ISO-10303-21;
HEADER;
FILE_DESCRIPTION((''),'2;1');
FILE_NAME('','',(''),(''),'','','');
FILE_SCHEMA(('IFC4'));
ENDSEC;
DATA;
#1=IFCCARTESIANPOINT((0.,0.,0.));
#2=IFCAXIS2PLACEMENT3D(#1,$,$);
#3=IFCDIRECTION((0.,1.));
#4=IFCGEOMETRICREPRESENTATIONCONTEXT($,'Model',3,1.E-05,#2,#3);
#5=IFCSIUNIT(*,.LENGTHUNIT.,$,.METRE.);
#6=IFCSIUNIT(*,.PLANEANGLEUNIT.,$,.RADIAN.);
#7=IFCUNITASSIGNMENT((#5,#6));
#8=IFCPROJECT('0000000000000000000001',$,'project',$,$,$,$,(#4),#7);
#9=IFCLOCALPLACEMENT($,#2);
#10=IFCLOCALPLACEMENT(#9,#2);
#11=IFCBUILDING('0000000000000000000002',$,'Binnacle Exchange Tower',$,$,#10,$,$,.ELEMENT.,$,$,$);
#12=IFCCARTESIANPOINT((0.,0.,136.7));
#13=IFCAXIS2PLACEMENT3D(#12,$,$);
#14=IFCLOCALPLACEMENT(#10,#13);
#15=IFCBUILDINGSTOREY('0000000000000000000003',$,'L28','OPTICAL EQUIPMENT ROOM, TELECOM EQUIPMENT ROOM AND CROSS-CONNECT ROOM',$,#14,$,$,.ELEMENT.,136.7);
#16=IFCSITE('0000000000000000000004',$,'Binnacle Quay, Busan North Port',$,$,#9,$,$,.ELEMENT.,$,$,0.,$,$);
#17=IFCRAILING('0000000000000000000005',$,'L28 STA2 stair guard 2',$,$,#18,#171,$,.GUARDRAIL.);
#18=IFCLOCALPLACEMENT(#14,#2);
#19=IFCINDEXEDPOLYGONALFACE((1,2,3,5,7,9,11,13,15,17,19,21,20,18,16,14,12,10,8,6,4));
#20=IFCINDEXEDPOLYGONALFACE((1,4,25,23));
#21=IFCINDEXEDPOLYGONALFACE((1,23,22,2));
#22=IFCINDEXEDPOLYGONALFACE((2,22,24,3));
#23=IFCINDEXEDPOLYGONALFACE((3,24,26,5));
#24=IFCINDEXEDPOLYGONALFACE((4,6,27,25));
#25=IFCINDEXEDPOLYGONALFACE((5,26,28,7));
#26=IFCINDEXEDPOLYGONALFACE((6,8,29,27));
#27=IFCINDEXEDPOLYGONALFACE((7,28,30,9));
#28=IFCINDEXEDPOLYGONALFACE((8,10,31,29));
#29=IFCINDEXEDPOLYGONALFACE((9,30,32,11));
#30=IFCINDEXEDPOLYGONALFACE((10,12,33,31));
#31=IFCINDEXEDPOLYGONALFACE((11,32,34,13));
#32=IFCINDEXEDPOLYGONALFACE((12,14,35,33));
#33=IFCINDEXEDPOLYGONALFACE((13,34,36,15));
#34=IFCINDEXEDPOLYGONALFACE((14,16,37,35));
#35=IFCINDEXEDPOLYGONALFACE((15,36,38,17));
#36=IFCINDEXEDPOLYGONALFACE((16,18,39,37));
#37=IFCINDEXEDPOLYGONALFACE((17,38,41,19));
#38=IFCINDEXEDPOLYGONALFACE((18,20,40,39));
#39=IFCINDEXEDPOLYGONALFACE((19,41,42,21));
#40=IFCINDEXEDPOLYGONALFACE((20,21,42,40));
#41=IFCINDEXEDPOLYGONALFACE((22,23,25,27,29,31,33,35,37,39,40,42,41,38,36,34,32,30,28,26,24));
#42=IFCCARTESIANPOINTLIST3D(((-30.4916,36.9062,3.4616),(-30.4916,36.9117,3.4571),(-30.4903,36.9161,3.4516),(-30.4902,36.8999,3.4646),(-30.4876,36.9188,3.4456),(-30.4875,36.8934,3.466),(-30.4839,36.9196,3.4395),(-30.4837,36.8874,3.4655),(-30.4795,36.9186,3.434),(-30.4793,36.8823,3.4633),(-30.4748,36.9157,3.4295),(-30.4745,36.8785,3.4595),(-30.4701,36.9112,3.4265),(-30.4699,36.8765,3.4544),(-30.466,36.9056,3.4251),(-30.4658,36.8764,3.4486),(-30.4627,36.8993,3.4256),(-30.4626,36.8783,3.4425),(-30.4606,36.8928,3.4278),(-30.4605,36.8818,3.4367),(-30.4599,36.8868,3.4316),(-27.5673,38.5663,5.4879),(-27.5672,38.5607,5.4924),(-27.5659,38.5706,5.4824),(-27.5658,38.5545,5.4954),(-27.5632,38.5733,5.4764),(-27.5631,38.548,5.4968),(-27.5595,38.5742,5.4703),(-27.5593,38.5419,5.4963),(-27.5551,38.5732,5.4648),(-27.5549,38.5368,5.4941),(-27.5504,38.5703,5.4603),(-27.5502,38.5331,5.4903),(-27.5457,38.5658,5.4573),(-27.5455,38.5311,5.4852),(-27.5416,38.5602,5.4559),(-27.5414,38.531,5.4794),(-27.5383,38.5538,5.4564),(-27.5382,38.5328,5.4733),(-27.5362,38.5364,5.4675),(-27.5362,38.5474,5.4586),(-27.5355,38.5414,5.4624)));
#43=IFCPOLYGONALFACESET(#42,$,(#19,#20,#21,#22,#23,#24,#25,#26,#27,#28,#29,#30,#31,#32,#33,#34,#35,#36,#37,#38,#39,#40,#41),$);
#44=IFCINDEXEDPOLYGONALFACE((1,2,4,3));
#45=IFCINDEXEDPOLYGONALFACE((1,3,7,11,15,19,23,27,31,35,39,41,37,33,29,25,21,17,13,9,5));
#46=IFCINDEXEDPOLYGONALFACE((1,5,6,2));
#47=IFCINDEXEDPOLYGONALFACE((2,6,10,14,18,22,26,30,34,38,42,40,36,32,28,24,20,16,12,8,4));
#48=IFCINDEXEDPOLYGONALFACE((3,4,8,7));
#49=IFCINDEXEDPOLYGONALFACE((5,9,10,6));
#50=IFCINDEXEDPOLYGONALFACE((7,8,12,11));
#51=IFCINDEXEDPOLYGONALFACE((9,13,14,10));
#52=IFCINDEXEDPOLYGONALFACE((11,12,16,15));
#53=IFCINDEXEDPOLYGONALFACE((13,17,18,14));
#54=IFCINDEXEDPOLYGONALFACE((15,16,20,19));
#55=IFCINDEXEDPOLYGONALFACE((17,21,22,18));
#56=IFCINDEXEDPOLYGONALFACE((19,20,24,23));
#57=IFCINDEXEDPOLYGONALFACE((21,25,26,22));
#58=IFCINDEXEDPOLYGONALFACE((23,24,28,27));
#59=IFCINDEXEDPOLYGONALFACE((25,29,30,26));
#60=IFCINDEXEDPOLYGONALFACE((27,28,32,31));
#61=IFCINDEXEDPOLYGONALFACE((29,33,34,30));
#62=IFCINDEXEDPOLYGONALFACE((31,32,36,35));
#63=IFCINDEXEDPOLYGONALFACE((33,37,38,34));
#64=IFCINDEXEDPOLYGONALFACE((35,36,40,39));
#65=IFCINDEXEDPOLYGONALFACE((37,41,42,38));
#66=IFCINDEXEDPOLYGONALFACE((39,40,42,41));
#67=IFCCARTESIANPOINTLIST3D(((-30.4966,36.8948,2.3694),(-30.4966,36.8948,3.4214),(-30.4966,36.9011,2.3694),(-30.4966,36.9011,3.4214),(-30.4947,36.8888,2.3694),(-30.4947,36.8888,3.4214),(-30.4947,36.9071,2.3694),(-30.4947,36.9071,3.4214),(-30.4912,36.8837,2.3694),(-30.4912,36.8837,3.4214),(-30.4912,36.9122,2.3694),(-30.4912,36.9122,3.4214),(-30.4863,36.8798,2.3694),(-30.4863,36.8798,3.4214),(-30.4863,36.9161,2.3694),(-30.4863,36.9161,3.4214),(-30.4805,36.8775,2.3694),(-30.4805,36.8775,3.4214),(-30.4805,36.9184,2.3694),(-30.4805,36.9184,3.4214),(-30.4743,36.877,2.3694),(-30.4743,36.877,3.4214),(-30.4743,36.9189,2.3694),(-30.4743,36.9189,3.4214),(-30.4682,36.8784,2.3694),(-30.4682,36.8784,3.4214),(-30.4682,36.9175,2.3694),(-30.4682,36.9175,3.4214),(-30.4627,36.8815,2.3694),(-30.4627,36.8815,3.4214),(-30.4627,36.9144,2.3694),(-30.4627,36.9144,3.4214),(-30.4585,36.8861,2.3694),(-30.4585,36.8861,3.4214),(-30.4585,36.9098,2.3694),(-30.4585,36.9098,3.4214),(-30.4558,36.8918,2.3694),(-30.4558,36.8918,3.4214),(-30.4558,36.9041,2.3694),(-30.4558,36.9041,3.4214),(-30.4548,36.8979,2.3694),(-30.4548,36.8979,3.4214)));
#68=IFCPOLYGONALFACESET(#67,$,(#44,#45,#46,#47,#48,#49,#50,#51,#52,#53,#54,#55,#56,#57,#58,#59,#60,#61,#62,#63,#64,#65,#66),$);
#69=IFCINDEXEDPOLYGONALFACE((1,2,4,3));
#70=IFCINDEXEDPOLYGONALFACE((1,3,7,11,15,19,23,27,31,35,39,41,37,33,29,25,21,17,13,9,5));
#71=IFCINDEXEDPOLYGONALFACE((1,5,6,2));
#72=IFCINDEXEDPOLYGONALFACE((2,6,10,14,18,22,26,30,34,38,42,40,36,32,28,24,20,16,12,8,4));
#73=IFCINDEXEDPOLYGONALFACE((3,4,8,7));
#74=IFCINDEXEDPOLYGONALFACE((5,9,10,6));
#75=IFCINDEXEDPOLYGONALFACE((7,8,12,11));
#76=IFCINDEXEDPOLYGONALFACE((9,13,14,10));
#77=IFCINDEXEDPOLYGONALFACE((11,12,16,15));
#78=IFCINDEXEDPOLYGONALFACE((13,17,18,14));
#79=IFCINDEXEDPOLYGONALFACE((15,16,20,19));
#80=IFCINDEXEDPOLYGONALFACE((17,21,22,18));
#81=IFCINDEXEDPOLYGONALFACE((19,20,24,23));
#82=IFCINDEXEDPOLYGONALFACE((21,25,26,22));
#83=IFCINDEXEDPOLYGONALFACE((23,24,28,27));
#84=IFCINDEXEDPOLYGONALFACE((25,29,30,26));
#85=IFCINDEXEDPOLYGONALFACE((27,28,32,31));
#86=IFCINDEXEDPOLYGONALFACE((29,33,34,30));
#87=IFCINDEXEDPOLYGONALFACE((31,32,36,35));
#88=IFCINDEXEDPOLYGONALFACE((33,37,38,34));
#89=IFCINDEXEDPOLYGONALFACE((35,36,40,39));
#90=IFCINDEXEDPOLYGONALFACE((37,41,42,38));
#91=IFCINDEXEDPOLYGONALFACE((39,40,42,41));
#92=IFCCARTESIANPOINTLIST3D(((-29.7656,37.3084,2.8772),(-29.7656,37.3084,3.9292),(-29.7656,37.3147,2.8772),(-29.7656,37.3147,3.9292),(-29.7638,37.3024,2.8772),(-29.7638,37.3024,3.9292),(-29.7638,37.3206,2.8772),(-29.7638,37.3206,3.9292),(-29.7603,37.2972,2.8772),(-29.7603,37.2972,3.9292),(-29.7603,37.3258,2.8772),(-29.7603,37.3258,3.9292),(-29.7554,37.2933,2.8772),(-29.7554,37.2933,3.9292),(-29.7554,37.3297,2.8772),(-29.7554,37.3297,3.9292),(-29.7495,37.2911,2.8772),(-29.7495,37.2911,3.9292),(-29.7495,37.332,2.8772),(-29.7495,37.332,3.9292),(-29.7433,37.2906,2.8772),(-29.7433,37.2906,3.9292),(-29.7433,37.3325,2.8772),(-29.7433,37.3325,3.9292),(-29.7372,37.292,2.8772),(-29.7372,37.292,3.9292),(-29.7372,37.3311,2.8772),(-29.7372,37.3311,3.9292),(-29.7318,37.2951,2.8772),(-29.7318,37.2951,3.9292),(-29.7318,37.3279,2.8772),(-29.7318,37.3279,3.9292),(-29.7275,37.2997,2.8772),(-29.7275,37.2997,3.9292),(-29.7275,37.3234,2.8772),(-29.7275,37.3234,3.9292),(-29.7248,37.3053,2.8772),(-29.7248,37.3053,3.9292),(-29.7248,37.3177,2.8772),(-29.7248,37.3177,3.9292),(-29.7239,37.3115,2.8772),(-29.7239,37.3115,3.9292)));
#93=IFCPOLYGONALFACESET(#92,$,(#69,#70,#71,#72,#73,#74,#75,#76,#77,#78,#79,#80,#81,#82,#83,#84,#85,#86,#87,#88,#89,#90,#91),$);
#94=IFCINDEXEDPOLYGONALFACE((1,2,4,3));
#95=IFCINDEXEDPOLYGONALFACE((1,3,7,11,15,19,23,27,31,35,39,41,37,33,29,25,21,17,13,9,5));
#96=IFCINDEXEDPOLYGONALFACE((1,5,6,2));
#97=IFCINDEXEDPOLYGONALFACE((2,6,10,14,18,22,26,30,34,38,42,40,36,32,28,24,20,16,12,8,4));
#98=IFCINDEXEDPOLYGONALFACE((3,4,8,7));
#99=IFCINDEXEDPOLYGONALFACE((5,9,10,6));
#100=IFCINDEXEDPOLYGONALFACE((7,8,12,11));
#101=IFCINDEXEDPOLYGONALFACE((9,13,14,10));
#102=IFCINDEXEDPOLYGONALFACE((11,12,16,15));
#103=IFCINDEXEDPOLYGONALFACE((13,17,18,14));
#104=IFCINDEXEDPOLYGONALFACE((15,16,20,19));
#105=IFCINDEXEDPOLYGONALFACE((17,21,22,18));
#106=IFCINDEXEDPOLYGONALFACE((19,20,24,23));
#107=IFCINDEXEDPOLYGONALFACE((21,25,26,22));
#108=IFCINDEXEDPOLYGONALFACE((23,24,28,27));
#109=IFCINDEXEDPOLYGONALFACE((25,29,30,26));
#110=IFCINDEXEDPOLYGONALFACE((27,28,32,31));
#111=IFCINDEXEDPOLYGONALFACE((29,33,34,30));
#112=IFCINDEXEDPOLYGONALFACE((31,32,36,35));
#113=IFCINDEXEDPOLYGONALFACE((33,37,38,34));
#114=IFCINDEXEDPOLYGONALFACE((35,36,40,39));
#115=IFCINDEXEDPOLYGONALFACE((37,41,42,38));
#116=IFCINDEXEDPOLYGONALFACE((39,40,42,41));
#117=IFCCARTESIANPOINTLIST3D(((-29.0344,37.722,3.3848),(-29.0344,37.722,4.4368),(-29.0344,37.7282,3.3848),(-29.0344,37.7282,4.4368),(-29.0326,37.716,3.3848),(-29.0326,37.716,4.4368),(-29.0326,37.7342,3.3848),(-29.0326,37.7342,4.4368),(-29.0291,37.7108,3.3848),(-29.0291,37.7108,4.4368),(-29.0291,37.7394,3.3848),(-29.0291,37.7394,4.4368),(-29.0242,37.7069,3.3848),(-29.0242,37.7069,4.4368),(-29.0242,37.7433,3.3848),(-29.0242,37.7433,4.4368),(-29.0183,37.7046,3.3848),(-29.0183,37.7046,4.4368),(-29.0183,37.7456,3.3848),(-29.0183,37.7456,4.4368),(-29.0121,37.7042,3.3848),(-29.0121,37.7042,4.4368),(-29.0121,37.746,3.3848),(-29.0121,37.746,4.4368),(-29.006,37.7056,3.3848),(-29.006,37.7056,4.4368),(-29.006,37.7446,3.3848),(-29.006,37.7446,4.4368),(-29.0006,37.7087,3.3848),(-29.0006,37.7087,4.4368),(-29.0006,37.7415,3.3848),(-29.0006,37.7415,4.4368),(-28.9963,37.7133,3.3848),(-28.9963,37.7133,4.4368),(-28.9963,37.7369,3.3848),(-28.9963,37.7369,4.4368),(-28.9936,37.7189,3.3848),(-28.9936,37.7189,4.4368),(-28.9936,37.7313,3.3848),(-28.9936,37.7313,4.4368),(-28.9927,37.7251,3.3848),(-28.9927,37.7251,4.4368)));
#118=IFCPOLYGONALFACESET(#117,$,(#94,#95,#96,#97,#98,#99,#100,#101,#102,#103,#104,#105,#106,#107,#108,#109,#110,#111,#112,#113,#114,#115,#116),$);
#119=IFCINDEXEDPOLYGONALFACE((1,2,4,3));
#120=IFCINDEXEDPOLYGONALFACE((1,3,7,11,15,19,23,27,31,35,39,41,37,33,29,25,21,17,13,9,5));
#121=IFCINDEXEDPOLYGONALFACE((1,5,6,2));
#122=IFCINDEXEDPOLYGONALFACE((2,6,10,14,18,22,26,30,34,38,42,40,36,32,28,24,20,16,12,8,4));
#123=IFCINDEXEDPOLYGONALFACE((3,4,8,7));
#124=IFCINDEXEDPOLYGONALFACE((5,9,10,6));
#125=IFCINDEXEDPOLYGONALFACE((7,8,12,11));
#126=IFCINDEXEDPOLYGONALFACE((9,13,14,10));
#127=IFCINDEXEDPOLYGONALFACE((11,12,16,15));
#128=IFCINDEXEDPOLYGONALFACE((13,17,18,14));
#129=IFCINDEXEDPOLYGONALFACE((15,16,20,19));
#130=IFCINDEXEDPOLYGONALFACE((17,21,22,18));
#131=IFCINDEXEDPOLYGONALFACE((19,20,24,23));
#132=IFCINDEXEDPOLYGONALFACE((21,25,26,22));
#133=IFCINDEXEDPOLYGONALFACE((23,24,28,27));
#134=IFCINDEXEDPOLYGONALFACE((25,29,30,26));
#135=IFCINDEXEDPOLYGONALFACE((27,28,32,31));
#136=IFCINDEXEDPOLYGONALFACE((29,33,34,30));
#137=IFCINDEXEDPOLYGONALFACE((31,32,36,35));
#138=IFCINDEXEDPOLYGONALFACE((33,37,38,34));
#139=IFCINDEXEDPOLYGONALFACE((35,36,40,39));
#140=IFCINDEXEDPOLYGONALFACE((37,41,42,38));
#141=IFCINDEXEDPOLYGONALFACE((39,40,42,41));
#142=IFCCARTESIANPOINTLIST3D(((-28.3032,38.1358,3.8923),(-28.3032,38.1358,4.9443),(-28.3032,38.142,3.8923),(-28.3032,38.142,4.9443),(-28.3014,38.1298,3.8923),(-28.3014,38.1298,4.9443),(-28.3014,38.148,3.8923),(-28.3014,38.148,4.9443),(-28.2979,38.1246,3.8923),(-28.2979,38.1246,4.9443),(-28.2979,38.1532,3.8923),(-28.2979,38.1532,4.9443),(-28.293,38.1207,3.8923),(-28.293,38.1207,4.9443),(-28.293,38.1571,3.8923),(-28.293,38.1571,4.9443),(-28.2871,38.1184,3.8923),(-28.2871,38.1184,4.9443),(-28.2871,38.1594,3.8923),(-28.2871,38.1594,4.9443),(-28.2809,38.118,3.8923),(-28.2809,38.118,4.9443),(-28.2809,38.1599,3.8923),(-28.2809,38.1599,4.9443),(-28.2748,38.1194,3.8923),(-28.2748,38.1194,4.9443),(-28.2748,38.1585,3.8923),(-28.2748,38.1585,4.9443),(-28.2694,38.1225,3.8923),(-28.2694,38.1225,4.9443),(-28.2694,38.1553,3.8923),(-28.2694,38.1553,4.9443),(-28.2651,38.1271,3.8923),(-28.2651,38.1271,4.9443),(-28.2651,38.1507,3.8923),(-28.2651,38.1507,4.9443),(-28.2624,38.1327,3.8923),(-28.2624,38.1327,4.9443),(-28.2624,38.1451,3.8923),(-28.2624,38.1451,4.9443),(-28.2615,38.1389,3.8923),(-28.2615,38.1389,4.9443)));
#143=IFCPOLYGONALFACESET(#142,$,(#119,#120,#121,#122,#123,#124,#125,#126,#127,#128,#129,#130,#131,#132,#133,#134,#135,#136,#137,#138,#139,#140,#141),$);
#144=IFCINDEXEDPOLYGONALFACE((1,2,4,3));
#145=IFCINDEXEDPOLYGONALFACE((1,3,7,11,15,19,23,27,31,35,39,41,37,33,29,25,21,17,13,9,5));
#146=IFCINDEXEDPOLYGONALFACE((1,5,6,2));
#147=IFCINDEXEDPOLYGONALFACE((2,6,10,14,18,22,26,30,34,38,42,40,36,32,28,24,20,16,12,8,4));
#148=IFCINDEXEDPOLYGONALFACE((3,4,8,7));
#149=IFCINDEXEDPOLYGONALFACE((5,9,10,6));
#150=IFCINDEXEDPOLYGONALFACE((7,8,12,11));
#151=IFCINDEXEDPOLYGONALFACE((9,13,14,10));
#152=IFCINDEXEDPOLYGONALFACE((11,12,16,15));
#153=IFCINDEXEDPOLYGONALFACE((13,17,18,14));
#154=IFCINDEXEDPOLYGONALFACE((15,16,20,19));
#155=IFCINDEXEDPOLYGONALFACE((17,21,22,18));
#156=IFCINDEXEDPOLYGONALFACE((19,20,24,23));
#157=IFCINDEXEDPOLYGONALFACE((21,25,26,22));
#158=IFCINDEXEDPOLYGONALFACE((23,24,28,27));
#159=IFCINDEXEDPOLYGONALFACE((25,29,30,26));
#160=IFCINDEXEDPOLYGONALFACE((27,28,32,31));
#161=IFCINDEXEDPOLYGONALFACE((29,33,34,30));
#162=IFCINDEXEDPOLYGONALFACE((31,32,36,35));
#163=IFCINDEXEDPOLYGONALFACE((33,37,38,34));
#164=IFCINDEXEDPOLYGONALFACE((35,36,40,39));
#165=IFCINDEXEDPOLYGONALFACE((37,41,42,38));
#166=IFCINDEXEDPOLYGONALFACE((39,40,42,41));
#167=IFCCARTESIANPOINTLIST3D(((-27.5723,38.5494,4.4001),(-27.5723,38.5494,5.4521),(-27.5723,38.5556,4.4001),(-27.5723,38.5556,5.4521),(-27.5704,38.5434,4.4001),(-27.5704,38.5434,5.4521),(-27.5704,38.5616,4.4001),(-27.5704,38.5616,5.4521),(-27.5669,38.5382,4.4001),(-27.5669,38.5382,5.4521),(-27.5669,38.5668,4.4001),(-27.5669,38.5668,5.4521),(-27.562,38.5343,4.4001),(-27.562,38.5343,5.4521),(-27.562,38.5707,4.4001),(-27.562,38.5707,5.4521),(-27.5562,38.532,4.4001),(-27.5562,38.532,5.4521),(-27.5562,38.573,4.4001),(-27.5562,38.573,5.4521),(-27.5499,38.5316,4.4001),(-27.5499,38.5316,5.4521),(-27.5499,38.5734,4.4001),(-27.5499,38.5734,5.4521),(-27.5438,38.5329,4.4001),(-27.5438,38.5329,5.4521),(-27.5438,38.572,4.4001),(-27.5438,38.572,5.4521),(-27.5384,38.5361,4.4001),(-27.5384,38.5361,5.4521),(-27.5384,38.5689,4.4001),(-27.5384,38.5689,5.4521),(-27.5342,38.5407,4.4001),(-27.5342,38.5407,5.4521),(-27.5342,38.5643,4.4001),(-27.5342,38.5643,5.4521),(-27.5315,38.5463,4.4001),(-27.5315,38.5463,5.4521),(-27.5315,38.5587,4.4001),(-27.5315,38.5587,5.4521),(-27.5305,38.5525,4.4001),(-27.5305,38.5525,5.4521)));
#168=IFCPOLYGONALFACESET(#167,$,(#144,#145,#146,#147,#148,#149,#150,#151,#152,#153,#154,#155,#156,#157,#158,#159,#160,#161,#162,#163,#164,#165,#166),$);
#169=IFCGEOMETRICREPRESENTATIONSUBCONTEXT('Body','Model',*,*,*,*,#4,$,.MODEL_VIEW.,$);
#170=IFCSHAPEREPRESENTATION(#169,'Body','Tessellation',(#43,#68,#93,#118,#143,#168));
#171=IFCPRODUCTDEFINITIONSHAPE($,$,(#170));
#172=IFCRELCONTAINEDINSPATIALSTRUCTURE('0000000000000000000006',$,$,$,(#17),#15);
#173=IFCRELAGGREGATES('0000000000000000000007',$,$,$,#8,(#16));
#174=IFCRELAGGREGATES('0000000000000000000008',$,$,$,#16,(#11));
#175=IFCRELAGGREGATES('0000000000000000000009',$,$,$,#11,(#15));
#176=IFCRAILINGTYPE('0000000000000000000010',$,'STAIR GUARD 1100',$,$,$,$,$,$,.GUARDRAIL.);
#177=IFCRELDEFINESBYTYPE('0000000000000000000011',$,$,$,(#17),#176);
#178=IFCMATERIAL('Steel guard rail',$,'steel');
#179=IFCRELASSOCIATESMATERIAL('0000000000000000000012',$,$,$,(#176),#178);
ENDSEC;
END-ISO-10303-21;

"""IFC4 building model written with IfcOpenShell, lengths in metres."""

from ifc_helpers import new_model, si_unit, direction, frame, origin, origin_2d, place, context, subcontext, project, spatial, circle, extrude, material, type_object, element, save


model = new_model("IFC4")

# Units and contexts
model_context = context("Model", 3, precision=1e-05, world=origin(), true_north=direction((0.0, 1.0)))
body_context = subcontext(model_context, "Body", "Model", "MODEL_VIEW")
ifc_project = project(units=[si_unit("LENGTHUNIT", "METRE"), si_unit("PLANEANGLEUNIT", "RADIAN")], contexts=[model_context])

# Site, building, storey
site_placement = place(None, origin())
site = spatial("IfcSite", under=ifc_project, at=site_placement, Name="Binnacle Quay, Busan North Port", CompositionType="ELEMENT", RefElevation=0.0)
building_placement = place(site_placement, origin())
building = spatial("IfcBuilding", under=site, at=building_placement, Name="Binnacle Exchange Tower", CompositionType="ELEMENT")
storey_placement = place(building_placement, frame((0.0, 0.0, 136.7)))
storey = spatial("IfcBuildingStorey", under=building, at=storey_placement, Name="L28", Description="OPTICAL EQUIPMENT ROOM, TELECOM EQUIPMENT ROOM AND CROSS-CONNECT ROOM", CompositionType="ELEMENT", Elevation=136.7)

# Railing
ifc_material_1 = material(Name="Steel guard rail", Category="steel")
railing_type = type_object("IfcRailingType", Name="STAIR GUARD 1100", PredefinedType="GUARDRAIL", material=ifc_material_1)
railing_placement = place(storey_placement, frame((-30.4758, 36.8979, 2.3694)))
element("IfcRailing", 1, at=railing_placement, inside=storey, type_object=railing_type, Name="L28 STA2 stair guard 2", PredefinedType="GUARDRAIL", context=body_context, shape_type="SweptSolid", body=[
    extrude(circle(Radius=0.0239, at=origin_2d()), frame((0.0, 0.0, 1.0762), z_axis=(0.744867, 0.421437, 0.517266), x_axis=(-0.492433, 0.87035, 0.0)), (0.0, 0.0, 1.0), 3.926),
    extrude(circle(Radius=0.021, at=origin_2d()), origin(), (0.0, 0.0, 1.0), 1.052),
    extrude(circle(Radius=0.021, at=origin_2d()), frame((0.731, 0.4136, 0.5078)), (0.0, 0.0, 1.0), 1.052),
    extrude(circle(Radius=0.021, at=origin_2d()), frame((1.4622, 0.8271, 1.0154)), (0.0, 0.0, 1.0), 1.052),
    extrude(circle(Radius=0.021, at=origin_2d()), frame((2.1934, 1.241, 1.5229)), (0.0, 0.0, 1.0), 1.052),
    extrude(circle(Radius=0.021, at=origin_2d()), frame((2.9243, 1.6545, 2.0308)), (0.0, 0.0, 1.0), 1.052),
])

save(model, "model.ifc")
